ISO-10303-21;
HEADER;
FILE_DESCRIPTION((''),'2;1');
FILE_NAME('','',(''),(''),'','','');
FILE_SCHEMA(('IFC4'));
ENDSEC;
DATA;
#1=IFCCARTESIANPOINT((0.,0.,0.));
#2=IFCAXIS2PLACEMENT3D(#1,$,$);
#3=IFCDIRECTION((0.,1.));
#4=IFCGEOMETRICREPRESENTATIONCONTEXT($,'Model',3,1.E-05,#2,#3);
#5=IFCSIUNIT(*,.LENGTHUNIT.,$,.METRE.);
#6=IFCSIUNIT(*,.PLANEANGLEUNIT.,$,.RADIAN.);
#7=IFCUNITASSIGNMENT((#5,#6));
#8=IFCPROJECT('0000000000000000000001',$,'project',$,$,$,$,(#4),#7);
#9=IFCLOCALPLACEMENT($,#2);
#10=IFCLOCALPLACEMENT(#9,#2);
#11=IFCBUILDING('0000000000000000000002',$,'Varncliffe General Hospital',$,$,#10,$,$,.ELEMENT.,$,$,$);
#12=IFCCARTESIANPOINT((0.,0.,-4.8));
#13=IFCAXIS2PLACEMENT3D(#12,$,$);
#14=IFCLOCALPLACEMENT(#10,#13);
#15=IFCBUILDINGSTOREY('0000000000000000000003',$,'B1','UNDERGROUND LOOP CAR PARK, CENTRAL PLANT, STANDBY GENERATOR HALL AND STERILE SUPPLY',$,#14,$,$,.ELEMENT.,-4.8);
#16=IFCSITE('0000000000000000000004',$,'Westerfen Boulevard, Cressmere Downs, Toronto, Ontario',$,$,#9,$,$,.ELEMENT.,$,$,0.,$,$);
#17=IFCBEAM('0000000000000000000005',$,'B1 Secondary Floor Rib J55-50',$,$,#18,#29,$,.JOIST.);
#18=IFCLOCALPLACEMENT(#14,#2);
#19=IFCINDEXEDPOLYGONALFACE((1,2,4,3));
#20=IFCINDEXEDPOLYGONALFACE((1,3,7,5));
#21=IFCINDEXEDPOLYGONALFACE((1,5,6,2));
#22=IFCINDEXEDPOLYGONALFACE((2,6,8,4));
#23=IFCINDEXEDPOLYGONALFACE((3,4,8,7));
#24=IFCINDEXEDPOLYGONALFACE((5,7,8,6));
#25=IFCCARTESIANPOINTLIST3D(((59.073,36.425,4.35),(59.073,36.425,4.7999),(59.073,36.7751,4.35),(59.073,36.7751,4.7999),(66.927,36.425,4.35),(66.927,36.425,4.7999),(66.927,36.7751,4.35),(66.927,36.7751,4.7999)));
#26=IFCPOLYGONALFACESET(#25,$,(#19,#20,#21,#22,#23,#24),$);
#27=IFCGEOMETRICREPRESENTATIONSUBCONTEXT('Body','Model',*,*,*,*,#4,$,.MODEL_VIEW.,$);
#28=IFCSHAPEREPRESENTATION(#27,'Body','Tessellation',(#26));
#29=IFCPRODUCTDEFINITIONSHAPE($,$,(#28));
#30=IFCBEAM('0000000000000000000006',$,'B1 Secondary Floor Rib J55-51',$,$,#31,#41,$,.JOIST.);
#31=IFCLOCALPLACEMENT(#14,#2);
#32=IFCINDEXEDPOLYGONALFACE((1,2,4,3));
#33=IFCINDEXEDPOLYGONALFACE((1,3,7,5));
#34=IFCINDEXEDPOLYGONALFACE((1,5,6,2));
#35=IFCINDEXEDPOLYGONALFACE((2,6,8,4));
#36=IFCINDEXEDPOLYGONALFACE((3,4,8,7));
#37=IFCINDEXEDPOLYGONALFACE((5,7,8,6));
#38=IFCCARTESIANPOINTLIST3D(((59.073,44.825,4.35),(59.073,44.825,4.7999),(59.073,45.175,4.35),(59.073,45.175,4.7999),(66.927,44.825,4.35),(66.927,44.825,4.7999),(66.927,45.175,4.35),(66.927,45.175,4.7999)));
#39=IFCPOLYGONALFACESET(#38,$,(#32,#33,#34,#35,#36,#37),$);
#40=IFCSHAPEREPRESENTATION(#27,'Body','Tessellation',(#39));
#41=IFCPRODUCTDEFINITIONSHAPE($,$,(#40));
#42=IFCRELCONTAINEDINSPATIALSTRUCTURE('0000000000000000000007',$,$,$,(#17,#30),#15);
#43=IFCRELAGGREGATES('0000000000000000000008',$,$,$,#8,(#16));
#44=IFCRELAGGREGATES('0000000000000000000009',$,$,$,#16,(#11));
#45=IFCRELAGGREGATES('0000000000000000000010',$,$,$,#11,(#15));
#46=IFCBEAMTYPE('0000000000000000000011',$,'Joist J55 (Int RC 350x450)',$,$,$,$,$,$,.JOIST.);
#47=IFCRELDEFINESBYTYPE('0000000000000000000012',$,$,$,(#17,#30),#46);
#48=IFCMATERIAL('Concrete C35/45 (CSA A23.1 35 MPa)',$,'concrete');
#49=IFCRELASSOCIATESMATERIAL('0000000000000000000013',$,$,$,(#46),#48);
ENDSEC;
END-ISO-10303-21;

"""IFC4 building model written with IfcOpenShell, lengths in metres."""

from ifc_helpers import new_model, si_unit, direction, frame, origin, origin_2d, place, context, subcontext, project, spatial, rectangle, extrude, material, material_profile, profile_set, type_object, element, save


model = new_model("IFC4")

# Units and contexts
model_context = context("Model", 3, precision=1e-05, world=origin(), true_north=direction((0.0, 1.0)))
body_context = subcontext(model_context, "Body", "Model", "MODEL_VIEW")
ifc_project = project(units=[si_unit("LENGTHUNIT", "METRE"), si_unit("PLANEANGLEUNIT", "RADIAN")], contexts=[model_context])

# Site, building, storey
site_placement = place(None, origin())
site = spatial("IfcSite", under=ifc_project, at=site_placement, Name="Westerfen Boulevard, Cressmere Downs, Toronto, Ontario", CompositionType="ELEMENT", RefElevation=0.0)
building_placement = place(site_placement, origin())
building = spatial("IfcBuilding", under=site, at=building_placement, Name="Varncliffe General Hospital", CompositionType="ELEMENT")
storey_placement = place(building_placement, frame((0.0, 0.0, -4.8)))
storey = spatial("IfcBuildingStorey", under=building, at=storey_placement, Name="B1", Description="UNDERGROUND LOOP CAR PARK, CENTRAL PLANT, STANDBY GENERATOR HALL AND STERILE SUPPLY", CompositionType="ELEMENT", Elevation=-4.8)

# Beams
ifc_material_1 = material(Name="Concrete C35/45 (CSA A23.1 35 MPa)", Category="concrete")
ifc_material_profile_1 = material_profile(ifc_material_1, rectangle(XDim=0.3501, YDim=0.45, at=origin_2d()), Name="RC 350x450")
ifc_profile_set_1 = profile_set([ifc_material_profile_1], Name="Concrete C35/45 (CSA A23.1 35 MPa)")
beam_type_1 = type_object("IfcBeamType", Name="Joist J55 (Int RC 350x450)", PredefinedType="JOIST", material=ifc_profile_set_1)
for number, where, z_axis, x_axis, name in (
    (1, (59.073, 36.6001, 4.575), (1.0, 0.0, 0.0), (0.0, 1.0, 0.0), "B1 Secondary Floor Rib J55-50"),
    (2, (59.073, 45.0, 4.575), (1.0, 0.0, 0.0), (0.0, 1.0, 0.0), "B1 Secondary Floor Rib J55-51"),
):
    element("IfcBeam", number, at=place(storey_placement, frame(where, z_axis=z_axis, x_axis=x_axis)), inside=storey, type_object=beam_type_1, Name=name, PredefinedType="JOIST", context=body_context, shape_type="SweptSolid", body=[
        extrude(rectangle(XDim=0.3501, YDim=0.45, at=origin_2d()), origin(), (0.0, 0.0, 1.0), 7.854),
    ])

save(model, "model.ifc")
